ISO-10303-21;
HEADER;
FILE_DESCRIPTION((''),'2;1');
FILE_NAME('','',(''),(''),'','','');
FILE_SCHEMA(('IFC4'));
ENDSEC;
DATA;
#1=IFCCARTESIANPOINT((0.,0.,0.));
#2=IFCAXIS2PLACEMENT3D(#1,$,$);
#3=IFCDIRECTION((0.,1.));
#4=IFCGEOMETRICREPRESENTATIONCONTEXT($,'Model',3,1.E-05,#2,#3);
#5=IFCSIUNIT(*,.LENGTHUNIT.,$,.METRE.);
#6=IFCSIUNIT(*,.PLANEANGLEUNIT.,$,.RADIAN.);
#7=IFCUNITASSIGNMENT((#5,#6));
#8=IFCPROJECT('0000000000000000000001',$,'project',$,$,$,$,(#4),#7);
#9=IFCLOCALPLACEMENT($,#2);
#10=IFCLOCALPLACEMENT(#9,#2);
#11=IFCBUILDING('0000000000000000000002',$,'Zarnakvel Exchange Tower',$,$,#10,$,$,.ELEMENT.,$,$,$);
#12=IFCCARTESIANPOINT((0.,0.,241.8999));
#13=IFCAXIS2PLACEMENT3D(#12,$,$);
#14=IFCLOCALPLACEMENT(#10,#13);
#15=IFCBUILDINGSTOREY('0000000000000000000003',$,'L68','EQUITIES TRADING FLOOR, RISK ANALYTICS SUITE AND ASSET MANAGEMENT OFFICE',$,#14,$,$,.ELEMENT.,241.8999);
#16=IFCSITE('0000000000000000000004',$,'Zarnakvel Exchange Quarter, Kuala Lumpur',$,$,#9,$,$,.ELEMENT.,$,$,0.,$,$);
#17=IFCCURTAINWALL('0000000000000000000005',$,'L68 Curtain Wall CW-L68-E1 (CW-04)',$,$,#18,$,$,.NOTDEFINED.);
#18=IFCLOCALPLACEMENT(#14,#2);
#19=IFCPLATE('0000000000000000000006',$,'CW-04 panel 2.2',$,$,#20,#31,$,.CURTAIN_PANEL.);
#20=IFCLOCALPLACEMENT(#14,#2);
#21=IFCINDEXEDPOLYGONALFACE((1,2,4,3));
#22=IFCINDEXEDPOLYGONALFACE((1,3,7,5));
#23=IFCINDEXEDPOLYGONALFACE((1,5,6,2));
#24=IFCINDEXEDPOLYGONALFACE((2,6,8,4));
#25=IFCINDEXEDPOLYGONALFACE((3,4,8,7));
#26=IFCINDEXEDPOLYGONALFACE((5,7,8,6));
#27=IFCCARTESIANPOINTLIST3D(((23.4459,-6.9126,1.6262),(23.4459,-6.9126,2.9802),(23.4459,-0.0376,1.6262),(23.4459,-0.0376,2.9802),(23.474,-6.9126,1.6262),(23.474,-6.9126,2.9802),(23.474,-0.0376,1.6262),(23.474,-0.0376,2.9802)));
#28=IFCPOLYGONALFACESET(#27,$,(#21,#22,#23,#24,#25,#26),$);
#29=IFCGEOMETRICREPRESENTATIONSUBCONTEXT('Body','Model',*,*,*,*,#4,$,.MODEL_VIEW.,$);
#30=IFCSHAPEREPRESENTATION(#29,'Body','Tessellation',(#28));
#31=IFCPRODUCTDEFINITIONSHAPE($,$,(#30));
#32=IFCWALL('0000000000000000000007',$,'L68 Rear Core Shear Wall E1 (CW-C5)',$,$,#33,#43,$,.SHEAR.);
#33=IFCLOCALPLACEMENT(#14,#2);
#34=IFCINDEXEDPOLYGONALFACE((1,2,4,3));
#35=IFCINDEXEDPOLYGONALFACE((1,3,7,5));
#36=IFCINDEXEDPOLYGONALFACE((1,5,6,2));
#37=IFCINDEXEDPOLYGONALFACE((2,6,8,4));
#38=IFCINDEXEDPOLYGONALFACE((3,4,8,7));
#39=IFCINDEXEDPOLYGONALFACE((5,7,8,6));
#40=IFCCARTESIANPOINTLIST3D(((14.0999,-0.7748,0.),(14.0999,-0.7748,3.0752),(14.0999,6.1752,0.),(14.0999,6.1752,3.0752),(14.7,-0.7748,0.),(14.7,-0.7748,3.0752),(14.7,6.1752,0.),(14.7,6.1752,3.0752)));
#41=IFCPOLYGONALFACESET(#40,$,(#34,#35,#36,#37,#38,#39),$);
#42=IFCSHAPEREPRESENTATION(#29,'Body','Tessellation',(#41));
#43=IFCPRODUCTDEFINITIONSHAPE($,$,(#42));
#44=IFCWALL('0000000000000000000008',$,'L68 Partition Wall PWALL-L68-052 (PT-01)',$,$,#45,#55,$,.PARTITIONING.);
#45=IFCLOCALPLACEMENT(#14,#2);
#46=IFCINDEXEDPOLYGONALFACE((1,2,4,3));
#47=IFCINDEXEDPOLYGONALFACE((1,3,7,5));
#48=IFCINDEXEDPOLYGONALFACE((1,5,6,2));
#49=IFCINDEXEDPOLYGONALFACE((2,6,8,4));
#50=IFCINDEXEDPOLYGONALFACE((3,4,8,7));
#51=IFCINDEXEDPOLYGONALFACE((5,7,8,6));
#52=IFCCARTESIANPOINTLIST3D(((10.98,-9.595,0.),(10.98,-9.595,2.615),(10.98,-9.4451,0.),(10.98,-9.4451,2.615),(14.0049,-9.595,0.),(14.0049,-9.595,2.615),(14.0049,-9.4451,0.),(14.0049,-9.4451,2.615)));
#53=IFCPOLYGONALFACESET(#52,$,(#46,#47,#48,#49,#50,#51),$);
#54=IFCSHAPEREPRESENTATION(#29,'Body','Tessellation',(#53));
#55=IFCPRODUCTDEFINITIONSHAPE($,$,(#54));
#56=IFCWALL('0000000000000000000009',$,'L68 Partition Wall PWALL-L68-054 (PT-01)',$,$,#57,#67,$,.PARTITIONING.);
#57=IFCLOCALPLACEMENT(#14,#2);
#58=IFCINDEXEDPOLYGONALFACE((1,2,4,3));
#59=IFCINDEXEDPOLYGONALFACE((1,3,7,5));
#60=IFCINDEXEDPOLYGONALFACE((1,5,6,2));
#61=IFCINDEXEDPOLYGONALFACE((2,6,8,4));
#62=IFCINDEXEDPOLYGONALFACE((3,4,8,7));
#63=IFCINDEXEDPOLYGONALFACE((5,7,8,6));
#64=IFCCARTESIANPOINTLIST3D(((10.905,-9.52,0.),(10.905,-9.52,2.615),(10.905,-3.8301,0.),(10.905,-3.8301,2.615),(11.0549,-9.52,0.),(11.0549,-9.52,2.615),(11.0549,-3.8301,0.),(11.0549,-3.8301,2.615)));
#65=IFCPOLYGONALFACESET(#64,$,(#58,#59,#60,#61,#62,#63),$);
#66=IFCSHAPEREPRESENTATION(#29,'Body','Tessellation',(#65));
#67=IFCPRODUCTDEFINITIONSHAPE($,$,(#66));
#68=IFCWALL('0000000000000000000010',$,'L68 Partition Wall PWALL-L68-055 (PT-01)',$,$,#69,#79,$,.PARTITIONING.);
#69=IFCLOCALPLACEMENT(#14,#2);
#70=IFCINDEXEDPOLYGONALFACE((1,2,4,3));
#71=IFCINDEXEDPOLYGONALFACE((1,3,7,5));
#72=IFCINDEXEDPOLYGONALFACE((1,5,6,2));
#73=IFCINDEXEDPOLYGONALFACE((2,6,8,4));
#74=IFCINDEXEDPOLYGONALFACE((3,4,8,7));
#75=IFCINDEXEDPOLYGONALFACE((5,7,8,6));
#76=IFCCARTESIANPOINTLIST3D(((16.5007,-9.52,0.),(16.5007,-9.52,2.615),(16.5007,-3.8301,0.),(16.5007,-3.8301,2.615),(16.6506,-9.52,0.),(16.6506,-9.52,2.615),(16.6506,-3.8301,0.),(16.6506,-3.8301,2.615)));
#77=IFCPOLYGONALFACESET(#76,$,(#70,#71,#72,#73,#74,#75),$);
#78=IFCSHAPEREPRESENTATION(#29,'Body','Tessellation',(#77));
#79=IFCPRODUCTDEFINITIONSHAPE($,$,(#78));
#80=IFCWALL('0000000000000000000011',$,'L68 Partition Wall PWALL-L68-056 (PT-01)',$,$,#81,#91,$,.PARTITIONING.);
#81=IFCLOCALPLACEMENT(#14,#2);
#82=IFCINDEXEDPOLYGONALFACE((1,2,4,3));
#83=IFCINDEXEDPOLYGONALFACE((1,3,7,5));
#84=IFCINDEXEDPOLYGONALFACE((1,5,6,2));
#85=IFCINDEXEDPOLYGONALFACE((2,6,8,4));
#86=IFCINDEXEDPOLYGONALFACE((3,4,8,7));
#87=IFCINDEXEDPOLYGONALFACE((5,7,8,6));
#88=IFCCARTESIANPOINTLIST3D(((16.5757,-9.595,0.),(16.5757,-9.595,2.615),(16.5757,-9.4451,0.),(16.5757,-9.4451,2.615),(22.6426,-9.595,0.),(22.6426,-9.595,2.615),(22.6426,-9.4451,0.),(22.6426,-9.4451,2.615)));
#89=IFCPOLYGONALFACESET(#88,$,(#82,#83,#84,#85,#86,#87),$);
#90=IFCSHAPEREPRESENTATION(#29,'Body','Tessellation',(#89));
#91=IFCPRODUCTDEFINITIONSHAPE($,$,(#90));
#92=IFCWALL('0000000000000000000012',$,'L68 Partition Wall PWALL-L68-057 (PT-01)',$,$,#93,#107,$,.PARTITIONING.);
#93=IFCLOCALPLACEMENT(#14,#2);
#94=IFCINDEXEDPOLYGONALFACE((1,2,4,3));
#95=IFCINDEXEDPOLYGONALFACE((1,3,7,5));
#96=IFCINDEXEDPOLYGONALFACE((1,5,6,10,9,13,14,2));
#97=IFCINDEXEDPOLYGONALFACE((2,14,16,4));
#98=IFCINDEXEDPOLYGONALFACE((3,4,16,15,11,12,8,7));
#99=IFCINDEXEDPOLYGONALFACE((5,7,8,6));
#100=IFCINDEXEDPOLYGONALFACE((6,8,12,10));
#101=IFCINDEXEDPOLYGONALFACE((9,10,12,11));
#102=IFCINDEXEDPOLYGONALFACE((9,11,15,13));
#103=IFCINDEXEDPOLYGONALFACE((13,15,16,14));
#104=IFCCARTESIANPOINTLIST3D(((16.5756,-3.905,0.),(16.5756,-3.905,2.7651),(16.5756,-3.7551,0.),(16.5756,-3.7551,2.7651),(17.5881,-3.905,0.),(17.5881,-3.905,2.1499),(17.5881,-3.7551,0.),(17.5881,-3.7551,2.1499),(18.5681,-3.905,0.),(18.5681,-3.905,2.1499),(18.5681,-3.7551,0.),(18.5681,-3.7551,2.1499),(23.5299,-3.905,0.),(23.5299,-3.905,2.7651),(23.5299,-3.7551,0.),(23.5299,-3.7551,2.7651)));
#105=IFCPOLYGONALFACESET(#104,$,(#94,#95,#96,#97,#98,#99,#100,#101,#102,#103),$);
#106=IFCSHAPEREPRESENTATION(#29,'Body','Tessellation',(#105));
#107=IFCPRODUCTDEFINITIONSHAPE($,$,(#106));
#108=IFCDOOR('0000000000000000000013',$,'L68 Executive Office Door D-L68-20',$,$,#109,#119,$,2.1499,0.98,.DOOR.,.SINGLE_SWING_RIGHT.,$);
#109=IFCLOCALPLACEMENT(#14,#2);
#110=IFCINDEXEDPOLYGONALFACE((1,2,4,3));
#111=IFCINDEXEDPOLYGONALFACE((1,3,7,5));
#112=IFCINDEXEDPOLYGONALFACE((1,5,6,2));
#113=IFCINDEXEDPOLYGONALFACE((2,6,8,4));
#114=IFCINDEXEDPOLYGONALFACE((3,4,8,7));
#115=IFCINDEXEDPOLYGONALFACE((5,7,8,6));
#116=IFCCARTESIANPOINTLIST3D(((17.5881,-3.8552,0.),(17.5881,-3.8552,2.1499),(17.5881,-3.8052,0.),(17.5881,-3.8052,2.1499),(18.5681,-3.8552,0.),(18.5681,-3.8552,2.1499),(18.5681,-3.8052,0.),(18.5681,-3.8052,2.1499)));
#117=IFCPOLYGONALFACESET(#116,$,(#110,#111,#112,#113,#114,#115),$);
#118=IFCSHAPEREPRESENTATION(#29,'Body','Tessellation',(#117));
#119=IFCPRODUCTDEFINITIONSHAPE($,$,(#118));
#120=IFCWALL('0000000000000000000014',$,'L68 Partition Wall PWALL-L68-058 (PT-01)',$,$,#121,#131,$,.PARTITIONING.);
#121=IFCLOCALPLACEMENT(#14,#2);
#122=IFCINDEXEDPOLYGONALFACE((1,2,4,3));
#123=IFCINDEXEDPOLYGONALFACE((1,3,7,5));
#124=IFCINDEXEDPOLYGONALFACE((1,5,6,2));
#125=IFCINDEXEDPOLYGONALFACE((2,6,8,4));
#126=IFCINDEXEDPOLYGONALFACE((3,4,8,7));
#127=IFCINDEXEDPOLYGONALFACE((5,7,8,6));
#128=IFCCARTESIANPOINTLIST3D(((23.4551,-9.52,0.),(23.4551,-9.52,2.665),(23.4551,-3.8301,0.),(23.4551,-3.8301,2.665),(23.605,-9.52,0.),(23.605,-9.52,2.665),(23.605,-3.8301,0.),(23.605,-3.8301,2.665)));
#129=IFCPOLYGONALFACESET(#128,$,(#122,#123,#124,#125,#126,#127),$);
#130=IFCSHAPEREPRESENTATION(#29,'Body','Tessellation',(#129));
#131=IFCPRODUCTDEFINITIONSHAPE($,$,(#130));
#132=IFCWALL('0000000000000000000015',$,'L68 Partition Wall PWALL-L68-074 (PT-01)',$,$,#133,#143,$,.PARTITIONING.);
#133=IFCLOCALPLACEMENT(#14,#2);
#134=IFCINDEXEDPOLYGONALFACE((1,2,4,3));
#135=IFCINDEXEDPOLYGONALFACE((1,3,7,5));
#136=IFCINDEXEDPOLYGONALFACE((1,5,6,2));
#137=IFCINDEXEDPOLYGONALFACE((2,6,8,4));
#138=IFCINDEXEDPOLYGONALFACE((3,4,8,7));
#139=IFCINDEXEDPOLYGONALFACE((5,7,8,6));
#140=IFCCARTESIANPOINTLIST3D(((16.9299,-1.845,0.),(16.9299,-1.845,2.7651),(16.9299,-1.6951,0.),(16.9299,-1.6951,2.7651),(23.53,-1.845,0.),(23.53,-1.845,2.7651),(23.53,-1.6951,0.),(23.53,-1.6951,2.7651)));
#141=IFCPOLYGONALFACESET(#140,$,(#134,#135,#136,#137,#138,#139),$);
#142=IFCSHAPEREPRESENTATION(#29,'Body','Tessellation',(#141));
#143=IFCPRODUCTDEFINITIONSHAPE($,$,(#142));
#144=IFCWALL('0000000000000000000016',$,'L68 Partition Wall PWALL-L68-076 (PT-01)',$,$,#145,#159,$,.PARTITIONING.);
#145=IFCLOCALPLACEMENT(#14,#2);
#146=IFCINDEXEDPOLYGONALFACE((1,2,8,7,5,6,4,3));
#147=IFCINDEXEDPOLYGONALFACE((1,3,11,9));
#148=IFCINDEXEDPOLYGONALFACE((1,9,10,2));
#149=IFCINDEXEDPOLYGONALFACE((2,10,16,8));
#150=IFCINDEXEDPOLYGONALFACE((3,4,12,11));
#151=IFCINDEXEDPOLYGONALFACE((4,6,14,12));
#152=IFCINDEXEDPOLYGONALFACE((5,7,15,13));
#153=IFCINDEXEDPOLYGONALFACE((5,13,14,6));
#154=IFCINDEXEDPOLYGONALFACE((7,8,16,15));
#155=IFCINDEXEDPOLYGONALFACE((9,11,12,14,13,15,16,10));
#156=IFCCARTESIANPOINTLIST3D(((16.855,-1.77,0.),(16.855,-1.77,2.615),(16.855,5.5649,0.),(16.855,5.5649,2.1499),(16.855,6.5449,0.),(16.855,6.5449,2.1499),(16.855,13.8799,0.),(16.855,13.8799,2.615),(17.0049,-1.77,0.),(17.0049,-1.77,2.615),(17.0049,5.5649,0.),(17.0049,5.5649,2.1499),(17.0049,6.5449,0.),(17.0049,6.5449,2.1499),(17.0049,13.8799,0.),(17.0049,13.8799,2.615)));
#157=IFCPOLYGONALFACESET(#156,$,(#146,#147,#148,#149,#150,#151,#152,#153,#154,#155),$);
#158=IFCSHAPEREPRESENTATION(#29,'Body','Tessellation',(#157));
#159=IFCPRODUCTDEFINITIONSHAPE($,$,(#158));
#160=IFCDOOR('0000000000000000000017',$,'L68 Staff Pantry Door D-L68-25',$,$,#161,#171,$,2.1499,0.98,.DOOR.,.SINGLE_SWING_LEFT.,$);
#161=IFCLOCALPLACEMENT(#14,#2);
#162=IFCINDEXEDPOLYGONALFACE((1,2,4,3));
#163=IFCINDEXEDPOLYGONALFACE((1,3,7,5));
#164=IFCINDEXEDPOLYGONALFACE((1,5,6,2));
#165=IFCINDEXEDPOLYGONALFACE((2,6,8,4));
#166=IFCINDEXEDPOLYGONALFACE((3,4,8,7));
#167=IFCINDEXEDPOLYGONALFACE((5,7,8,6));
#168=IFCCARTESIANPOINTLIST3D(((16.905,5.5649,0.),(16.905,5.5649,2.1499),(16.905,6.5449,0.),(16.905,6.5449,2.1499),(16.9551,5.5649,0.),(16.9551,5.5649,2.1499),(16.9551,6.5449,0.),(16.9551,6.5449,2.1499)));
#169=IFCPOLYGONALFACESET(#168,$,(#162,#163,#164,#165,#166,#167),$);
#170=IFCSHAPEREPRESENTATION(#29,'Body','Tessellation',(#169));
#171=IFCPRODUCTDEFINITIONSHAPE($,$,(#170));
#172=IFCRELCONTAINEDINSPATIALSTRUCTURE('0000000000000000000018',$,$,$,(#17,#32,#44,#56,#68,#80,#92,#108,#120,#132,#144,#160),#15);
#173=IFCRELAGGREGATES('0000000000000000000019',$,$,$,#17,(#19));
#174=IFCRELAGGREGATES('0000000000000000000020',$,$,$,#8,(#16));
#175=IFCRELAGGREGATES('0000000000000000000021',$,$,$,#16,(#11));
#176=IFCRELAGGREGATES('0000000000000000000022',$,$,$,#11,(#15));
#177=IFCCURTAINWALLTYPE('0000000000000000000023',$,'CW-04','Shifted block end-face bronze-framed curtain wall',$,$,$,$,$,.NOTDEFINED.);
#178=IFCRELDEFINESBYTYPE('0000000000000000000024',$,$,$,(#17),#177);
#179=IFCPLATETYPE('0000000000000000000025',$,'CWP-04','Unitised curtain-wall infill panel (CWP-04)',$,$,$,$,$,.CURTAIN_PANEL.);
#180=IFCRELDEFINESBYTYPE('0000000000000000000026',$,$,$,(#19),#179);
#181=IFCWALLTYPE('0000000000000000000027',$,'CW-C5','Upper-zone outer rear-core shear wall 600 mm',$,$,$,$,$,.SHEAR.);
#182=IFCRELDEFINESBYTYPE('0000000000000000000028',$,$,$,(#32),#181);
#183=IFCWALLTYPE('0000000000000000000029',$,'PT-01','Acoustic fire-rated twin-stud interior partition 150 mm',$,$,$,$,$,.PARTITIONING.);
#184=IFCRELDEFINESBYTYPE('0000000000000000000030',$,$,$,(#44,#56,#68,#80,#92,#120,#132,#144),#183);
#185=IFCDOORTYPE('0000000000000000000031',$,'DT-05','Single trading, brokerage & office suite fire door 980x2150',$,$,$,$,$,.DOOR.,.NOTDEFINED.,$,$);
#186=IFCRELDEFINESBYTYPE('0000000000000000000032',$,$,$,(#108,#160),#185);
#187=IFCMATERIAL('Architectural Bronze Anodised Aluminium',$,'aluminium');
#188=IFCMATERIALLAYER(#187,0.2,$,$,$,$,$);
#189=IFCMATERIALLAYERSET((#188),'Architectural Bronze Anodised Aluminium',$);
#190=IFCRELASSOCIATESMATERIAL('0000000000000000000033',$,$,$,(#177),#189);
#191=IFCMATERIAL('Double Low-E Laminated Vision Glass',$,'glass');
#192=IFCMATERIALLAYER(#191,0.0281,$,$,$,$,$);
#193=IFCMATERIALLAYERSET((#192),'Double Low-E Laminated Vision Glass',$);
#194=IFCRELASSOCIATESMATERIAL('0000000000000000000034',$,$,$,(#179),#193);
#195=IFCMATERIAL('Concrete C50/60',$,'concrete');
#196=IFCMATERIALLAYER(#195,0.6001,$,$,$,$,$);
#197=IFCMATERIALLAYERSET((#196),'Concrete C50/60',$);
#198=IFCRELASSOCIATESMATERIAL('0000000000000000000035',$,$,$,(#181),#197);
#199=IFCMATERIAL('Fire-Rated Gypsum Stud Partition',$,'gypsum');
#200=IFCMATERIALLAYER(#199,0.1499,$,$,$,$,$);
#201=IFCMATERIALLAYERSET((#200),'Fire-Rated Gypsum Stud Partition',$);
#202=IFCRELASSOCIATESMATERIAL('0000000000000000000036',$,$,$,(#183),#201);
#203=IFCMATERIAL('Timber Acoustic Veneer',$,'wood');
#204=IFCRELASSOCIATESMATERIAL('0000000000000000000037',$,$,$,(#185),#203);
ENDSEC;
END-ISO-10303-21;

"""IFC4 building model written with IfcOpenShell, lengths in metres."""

from ifc_helpers import new_model, si_unit, direction, frame, frame_2d, origin, origin_2d, place, context, subcontext, project, spatial, rectangle, extrude, source, transform, mapped, material, layer, layer_set, type_object, element, fill, aggregate, save


model = new_model("IFC4")

# Units and contexts
model_context = context("Model", 3, precision=1e-05, world=origin(), true_north=direction((0.0, 1.0)))
body_context = subcontext(model_context, "Body", "Model", "MODEL_VIEW")
ifc_project = project(units=[si_unit("LENGTHUNIT", "METRE"), si_unit("PLANEANGLEUNIT", "RADIAN")], contexts=[model_context])

# Site, building, storey
site_placement = place(None, origin())
site = spatial("IfcSite", under=ifc_project, at=site_placement, Name="Zarnakvel Exchange Quarter, Kuala Lumpur", CompositionType="ELEMENT", RefElevation=0.0)
building_placement = place(site_placement, origin())
building = spatial("IfcBuilding", under=site, at=building_placement, Name="Zarnakvel Exchange Tower", CompositionType="ELEMENT")
storey_placement = place(building_placement, frame((0.0, 0.0, 241.8999)))
storey = spatial("IfcBuildingStorey", under=building, at=storey_placement, Name="L68", Description="EQUITIES TRADING FLOOR, RISK ANALYTICS SUITE AND ASSET MANAGEMENT OFFICE", CompositionType="ELEMENT", Elevation=241.8999)

# Shared definitions
ifc_material_1 = material(Name="Concrete C50/60", Category="concrete")

# Curtain wall, plate
ifc_material_2 = material(Name="Architectural Bronze Anodised Aluminium", Category="aluminium")
ifc_layer_1 = layer(ifc_material_2, 0.2)
ifc_layer_set_1 = layer_set([ifc_layer_1], Name="Architectural Bronze Anodised Aluminium")
curtain_wall_type = type_object("IfcCurtainWallType", Name="CW-04", Description="Shifted block end-face bronze-framed curtain wall", PredefinedType="NOTDEFINED", material=ifc_layer_set_1)
curtain_wall_placement = place(storey_placement, origin())
curtain_wall = element("IfcCurtainWall", 1, at=curtain_wall_placement, inside=storey, type_object=curtain_wall_type, Name="L68 Curtain Wall CW-L68-E1 (CW-04)", PredefinedType="NOTDEFINED")
ifc_material_3 = material(Name="Double Low-E Laminated Vision Glass", Category="glass")
ifc_layer_2 = layer(ifc_material_3, 0.0281)
ifc_layer_set_2 = layer_set([ifc_layer_2], Name="Double Low-E Laminated Vision Glass")
plate_type = type_object("IfcPlateType", Name="CWP-04", Description="Unitised curtain-wall infill panel (CWP-04)", PredefinedType="CURTAIN_PANEL", material=ifc_layer_set_2)
shared_shape_1 = source(origin(), body_context, "Body", "SweptSolid", [
    extrude(rectangle(XDim=6.875, YDim=0.0281, at=origin_2d()), origin(), (0.0, 0.0, 1.0), 1.354),
])
plate_1_placement = place(storey_placement, frame((23.46, -3.4751, 1.6262), z_axis=(0.0, 0.0, 1.0), x_axis=(0.0, 1.0, 0.0)))
plate_1 = element("IfcPlate", 2, at=plate_1_placement, type_object=plate_type, Name="CW-04 panel 2.2", PredefinedType="CURTAIN_PANEL", context=body_context, shape_type="MappedRepresentation", body=[
    mapped(shared_shape_1, transform((0.0, 0.0, 0.0), x_axis=(1.0, 0.0, 0.0), y_axis=(0.0, 1.0, 0.0), z_axis=(0.0, 0.0, 1.0), scale=1.0)),
])
aggregate(curtain_wall, [plate_1])

# Wall
ifc_layer_3 = layer(ifc_material_1, 0.6001)
ifc_layer_set_3 = layer_set([ifc_layer_3], Name="Concrete C50/60")
wall_type_1 = type_object("IfcWallType", Name="CW-C5", Description="Upper-zone outer rear-core shear wall 600 mm", PredefinedType="SHEAR", material=ifc_layer_set_3)
wall_1_placement = place(storey_placement, frame((14.3999, -0.7749, 0.0), z_axis=(0.0, 0.0, 1.0), x_axis=(0.0, 1.0, 0.0)))
element("IfcWall", 3, at=wall_1_placement, inside=storey, type_object=wall_type_1, Name="L68 Rear Core Shear Wall E1 (CW-C5)", PredefinedType="SHEAR", context=body_context, shape_type="SweptSolid", body=[
    extrude(rectangle(XDim=6.95, YDim=0.6001, at=frame_2d((3.4751, 0.0))), origin(), (0.0, 0.0, 1.0), 3.0752),
])

# Wall
ifc_material_4 = material(Name="Fire-Rated Gypsum Stud Partition", Category="gypsum")
ifc_layer_4 = layer(ifc_material_4, 0.1499)
ifc_layer_set_4 = layer_set([ifc_layer_4], Name="Fire-Rated Gypsum Stud Partition")
wall_type_2 = type_object("IfcWallType", Name="PT-01", Description="Acoustic fire-rated twin-stud interior partition 150 mm", PredefinedType="PARTITIONING", material=ifc_layer_set_4)
wall_2_placement = place(storey_placement, frame((14.0049, -9.52, 0.0), z_axis=(0.0, 0.0, 1.0), x_axis=(-1.0, 0.0, 0.0)))
element("IfcWall", 4, at=wall_2_placement, inside=storey, type_object=wall_type_2, Name="L68 Partition Wall PWALL-L68-052 (PT-01)", PredefinedType="PARTITIONING", context=body_context, shape_type="SweptSolid", body=[
    extrude(rectangle(XDim=3.0249, YDim=0.1499, at=frame_2d((1.5125, 0.0))), origin(), (0.0, 0.0, 1.0), 2.615),
])

# Shared definitions
ifc_material_5 = material(Name="Timber Acoustic Veneer", Category="wood")
door_type_1 = type_object("IfcDoorType", Name="DT-05", Description="Single trading, brokerage & office suite fire door 980x2150", OperationType="NOTDEFINED", PredefinedType="DOOR", material=ifc_material_5)
shared_shape_2 = source(origin(), body_context, "Body", "SweptSolid", [
    extrude(rectangle(XDim=0.98, YDim=2.1499, at=frame_2d((0.49, 1.075))), frame((0.0, 0.0249, 0.0), z_axis=(0.0, -1.0, 0.0), x_axis=(1.0, 0.0, 0.0)), (0.0, 0.0, 1.0), 0.05),
])

# Walls
for number, where, z_axis, x_axis, name in (
    (5, (10.98, -9.52, 0.0), (0.0, 0.0, 1.0), (0.0, 1.0, 0.0), "L68 Partition Wall PWALL-L68-054 (PT-01)"),
    (6, (16.5757, -3.8301, 0.0), (0.0, 0.0, 1.0), (0.0, -1.0, 0.0), "L68 Partition Wall PWALL-L68-055 (PT-01)"),
):
    element("IfcWall", number, at=place(storey_placement, frame(where, z_axis=z_axis, x_axis=x_axis)), inside=storey, type_object=wall_type_2, Name=name, PredefinedType="PARTITIONING", context=body_context, shape_type="SweptSolid", body=[
        extrude(rectangle(XDim=5.6899, YDim=0.1499, at=frame_2d((2.845, 0.0))), origin(), (0.0, 0.0, 1.0), 2.615),
    ])
wall_3_placement = place(storey_placement, frame((22.6426, -9.52, 0.0), z_axis=(0.0, 0.0, 1.0), x_axis=(-1.0, 0.0, 0.0)))
element("IfcWall", 7, at=wall_3_placement, inside=storey, type_object=wall_type_2, Name="L68 Partition Wall PWALL-L68-056 (PT-01)", PredefinedType="PARTITIONING", context=body_context, shape_type="SweptSolid", body=[
    extrude(rectangle(XDim=6.0669, YDim=0.1499, at=frame_2d((3.0334, 0.0))), origin(), (0.0, 0.0, 1.0), 2.615),
])

# Wall, opening, door
wall_4_placement = place(storey_placement, frame((16.5757, -3.8301, 0.0), z_axis=(0.0, 0.0, 1.0), x_axis=(1.0, 0.0, 0.0)))
wall_4 = element("IfcWall", 8, at=wall_4_placement, inside=storey, type_object=wall_type_2, Name="L68 Partition Wall PWALL-L68-057 (PT-01)", PredefinedType="PARTITIONING", context=body_context, shape_type="SweptSolid", body=[
    extrude(rectangle(XDim=6.9543, YDim=0.1499, at=frame_2d((3.4771, 0.0))), origin(), (0.0, 0.0, 1.0), 2.7651),
])
opening_1_placement = place(wall_4_placement, frame((1.0125, 0.0, 0.0)))
opening_1 = element("IfcOpeningElement", 9, at=opening_1_placement, cuts=wall_4, PredefinedType="OPENING", context=body_context, shape_type="SweptSolid", body=[
    extrude(rectangle(XDim=0.98, YDim=2.1499, at=frame_2d((0.49, 1.075))), frame((0.0, 0.085, 0.0), z_axis=(0.0, -1.0, 0.0), x_axis=(1.0, 0.0, 0.0)), (0.0, 0.0, 1.0), 0.1699),
])
door_1_placement = place(opening_1_placement, origin())
door_1 = element("IfcDoor", 10, at=door_1_placement, inside=storey, type_object=door_type_1, Name="L68 Executive Office Door D-L68-20", OperationType="SINGLE_SWING_RIGHT", OverallHeight=2.1499, OverallWidth=0.98, PredefinedType="DOOR", context=body_context, shape_type="MappedRepresentation", body=[
    mapped(shared_shape_2, transform((0.0, 0.0, 0.0), x_axis=(1.0, 0.0, 0.0), y_axis=(0.0, 1.0, 0.0), z_axis=(0.0, 0.0, 1.0), scale=1.0)),
])
fill(opening_1, door_1)

# Walls
wall_5_placement = place(storey_placement, frame((23.53, -3.8301, 0.0), z_axis=(0.0, 0.0, 1.0), x_axis=(0.0, -1.0, 0.0)))
element("IfcWall", 11, at=wall_5_placement, inside=storey, type_object=wall_type_2, Name="L68 Partition Wall PWALL-L68-058 (PT-01)", PredefinedType="PARTITIONING", context=body_context, shape_type="SweptSolid", body=[
    extrude(rectangle(XDim=5.6899, YDim=0.1499, at=frame_2d((2.845, 0.0))), origin(), (0.0, 0.0, 1.0), 2.665),
])
wall_6_placement = place(storey_placement, frame((23.53, -1.77, 0.0), z_axis=(0.0, 0.0, 1.0), x_axis=(-1.0, 0.0, 0.0)))
element("IfcWall", 12, at=wall_6_placement, inside=storey, type_object=wall_type_2, Name="L68 Partition Wall PWALL-L68-074 (PT-01)", PredefinedType="PARTITIONING", context=body_context, shape_type="SweptSolid", body=[
    extrude(rectangle(XDim=6.6001, YDim=0.1499, at=frame_2d((3.3, 0.0))), origin(), (0.0, 0.0, 1.0), 2.7651),
])

# Wall, opening, door
wall_7_placement = place(storey_placement, frame((16.9299, -1.77, 0.0), z_axis=(0.0, 0.0, 1.0), x_axis=(0.0, 1.0, 0.0)))
wall_7 = element("IfcWall", 13, at=wall_7_placement, inside=storey, type_object=wall_type_2, Name="L68 Partition Wall PWALL-L68-076 (PT-01)", PredefinedType="PARTITIONING", context=body_context, shape_type="SweptSolid", body=[
    extrude(rectangle(XDim=15.6499, YDim=0.1499, at=frame_2d((7.825, 0.0))), origin(), (0.0, 0.0, 1.0), 2.615),
])
opening_2_placement = place(wall_7_placement, frame((7.335, 0.0, 0.0)))
opening_2 = element("IfcOpeningElement", 14, at=opening_2_placement, cuts=wall_7, PredefinedType="OPENING", context=body_context, shape_type="SweptSolid", body=[
    extrude(rectangle(XDim=0.98, YDim=2.1499, at=frame_2d((0.49, 1.075))), frame((0.0, 0.085, 0.0), z_axis=(0.0, -1.0, 0.0), x_axis=(1.0, 0.0, 0.0)), (0.0, 0.0, 1.0), 0.1699),
])
door_2_placement = place(opening_2_placement, origin())
door_2 = element("IfcDoor", 15, at=door_2_placement, inside=storey, type_object=door_type_1, Name="L68 Staff Pantry Door D-L68-25", OperationType="SINGLE_SWING_LEFT", OverallHeight=2.1499, OverallWidth=0.98, PredefinedType="DOOR", context=body_context, shape_type="MappedRepresentation", body=[
    mapped(shared_shape_2, transform((0.0, 0.0, 0.0), x_axis=(1.0, 0.0, 0.0), y_axis=(0.0, 1.0, 0.0), z_axis=(0.0, 0.0, 1.0), scale=1.0)),
])
fill(opening_2, door_2)

save(model, "model.ifc")
